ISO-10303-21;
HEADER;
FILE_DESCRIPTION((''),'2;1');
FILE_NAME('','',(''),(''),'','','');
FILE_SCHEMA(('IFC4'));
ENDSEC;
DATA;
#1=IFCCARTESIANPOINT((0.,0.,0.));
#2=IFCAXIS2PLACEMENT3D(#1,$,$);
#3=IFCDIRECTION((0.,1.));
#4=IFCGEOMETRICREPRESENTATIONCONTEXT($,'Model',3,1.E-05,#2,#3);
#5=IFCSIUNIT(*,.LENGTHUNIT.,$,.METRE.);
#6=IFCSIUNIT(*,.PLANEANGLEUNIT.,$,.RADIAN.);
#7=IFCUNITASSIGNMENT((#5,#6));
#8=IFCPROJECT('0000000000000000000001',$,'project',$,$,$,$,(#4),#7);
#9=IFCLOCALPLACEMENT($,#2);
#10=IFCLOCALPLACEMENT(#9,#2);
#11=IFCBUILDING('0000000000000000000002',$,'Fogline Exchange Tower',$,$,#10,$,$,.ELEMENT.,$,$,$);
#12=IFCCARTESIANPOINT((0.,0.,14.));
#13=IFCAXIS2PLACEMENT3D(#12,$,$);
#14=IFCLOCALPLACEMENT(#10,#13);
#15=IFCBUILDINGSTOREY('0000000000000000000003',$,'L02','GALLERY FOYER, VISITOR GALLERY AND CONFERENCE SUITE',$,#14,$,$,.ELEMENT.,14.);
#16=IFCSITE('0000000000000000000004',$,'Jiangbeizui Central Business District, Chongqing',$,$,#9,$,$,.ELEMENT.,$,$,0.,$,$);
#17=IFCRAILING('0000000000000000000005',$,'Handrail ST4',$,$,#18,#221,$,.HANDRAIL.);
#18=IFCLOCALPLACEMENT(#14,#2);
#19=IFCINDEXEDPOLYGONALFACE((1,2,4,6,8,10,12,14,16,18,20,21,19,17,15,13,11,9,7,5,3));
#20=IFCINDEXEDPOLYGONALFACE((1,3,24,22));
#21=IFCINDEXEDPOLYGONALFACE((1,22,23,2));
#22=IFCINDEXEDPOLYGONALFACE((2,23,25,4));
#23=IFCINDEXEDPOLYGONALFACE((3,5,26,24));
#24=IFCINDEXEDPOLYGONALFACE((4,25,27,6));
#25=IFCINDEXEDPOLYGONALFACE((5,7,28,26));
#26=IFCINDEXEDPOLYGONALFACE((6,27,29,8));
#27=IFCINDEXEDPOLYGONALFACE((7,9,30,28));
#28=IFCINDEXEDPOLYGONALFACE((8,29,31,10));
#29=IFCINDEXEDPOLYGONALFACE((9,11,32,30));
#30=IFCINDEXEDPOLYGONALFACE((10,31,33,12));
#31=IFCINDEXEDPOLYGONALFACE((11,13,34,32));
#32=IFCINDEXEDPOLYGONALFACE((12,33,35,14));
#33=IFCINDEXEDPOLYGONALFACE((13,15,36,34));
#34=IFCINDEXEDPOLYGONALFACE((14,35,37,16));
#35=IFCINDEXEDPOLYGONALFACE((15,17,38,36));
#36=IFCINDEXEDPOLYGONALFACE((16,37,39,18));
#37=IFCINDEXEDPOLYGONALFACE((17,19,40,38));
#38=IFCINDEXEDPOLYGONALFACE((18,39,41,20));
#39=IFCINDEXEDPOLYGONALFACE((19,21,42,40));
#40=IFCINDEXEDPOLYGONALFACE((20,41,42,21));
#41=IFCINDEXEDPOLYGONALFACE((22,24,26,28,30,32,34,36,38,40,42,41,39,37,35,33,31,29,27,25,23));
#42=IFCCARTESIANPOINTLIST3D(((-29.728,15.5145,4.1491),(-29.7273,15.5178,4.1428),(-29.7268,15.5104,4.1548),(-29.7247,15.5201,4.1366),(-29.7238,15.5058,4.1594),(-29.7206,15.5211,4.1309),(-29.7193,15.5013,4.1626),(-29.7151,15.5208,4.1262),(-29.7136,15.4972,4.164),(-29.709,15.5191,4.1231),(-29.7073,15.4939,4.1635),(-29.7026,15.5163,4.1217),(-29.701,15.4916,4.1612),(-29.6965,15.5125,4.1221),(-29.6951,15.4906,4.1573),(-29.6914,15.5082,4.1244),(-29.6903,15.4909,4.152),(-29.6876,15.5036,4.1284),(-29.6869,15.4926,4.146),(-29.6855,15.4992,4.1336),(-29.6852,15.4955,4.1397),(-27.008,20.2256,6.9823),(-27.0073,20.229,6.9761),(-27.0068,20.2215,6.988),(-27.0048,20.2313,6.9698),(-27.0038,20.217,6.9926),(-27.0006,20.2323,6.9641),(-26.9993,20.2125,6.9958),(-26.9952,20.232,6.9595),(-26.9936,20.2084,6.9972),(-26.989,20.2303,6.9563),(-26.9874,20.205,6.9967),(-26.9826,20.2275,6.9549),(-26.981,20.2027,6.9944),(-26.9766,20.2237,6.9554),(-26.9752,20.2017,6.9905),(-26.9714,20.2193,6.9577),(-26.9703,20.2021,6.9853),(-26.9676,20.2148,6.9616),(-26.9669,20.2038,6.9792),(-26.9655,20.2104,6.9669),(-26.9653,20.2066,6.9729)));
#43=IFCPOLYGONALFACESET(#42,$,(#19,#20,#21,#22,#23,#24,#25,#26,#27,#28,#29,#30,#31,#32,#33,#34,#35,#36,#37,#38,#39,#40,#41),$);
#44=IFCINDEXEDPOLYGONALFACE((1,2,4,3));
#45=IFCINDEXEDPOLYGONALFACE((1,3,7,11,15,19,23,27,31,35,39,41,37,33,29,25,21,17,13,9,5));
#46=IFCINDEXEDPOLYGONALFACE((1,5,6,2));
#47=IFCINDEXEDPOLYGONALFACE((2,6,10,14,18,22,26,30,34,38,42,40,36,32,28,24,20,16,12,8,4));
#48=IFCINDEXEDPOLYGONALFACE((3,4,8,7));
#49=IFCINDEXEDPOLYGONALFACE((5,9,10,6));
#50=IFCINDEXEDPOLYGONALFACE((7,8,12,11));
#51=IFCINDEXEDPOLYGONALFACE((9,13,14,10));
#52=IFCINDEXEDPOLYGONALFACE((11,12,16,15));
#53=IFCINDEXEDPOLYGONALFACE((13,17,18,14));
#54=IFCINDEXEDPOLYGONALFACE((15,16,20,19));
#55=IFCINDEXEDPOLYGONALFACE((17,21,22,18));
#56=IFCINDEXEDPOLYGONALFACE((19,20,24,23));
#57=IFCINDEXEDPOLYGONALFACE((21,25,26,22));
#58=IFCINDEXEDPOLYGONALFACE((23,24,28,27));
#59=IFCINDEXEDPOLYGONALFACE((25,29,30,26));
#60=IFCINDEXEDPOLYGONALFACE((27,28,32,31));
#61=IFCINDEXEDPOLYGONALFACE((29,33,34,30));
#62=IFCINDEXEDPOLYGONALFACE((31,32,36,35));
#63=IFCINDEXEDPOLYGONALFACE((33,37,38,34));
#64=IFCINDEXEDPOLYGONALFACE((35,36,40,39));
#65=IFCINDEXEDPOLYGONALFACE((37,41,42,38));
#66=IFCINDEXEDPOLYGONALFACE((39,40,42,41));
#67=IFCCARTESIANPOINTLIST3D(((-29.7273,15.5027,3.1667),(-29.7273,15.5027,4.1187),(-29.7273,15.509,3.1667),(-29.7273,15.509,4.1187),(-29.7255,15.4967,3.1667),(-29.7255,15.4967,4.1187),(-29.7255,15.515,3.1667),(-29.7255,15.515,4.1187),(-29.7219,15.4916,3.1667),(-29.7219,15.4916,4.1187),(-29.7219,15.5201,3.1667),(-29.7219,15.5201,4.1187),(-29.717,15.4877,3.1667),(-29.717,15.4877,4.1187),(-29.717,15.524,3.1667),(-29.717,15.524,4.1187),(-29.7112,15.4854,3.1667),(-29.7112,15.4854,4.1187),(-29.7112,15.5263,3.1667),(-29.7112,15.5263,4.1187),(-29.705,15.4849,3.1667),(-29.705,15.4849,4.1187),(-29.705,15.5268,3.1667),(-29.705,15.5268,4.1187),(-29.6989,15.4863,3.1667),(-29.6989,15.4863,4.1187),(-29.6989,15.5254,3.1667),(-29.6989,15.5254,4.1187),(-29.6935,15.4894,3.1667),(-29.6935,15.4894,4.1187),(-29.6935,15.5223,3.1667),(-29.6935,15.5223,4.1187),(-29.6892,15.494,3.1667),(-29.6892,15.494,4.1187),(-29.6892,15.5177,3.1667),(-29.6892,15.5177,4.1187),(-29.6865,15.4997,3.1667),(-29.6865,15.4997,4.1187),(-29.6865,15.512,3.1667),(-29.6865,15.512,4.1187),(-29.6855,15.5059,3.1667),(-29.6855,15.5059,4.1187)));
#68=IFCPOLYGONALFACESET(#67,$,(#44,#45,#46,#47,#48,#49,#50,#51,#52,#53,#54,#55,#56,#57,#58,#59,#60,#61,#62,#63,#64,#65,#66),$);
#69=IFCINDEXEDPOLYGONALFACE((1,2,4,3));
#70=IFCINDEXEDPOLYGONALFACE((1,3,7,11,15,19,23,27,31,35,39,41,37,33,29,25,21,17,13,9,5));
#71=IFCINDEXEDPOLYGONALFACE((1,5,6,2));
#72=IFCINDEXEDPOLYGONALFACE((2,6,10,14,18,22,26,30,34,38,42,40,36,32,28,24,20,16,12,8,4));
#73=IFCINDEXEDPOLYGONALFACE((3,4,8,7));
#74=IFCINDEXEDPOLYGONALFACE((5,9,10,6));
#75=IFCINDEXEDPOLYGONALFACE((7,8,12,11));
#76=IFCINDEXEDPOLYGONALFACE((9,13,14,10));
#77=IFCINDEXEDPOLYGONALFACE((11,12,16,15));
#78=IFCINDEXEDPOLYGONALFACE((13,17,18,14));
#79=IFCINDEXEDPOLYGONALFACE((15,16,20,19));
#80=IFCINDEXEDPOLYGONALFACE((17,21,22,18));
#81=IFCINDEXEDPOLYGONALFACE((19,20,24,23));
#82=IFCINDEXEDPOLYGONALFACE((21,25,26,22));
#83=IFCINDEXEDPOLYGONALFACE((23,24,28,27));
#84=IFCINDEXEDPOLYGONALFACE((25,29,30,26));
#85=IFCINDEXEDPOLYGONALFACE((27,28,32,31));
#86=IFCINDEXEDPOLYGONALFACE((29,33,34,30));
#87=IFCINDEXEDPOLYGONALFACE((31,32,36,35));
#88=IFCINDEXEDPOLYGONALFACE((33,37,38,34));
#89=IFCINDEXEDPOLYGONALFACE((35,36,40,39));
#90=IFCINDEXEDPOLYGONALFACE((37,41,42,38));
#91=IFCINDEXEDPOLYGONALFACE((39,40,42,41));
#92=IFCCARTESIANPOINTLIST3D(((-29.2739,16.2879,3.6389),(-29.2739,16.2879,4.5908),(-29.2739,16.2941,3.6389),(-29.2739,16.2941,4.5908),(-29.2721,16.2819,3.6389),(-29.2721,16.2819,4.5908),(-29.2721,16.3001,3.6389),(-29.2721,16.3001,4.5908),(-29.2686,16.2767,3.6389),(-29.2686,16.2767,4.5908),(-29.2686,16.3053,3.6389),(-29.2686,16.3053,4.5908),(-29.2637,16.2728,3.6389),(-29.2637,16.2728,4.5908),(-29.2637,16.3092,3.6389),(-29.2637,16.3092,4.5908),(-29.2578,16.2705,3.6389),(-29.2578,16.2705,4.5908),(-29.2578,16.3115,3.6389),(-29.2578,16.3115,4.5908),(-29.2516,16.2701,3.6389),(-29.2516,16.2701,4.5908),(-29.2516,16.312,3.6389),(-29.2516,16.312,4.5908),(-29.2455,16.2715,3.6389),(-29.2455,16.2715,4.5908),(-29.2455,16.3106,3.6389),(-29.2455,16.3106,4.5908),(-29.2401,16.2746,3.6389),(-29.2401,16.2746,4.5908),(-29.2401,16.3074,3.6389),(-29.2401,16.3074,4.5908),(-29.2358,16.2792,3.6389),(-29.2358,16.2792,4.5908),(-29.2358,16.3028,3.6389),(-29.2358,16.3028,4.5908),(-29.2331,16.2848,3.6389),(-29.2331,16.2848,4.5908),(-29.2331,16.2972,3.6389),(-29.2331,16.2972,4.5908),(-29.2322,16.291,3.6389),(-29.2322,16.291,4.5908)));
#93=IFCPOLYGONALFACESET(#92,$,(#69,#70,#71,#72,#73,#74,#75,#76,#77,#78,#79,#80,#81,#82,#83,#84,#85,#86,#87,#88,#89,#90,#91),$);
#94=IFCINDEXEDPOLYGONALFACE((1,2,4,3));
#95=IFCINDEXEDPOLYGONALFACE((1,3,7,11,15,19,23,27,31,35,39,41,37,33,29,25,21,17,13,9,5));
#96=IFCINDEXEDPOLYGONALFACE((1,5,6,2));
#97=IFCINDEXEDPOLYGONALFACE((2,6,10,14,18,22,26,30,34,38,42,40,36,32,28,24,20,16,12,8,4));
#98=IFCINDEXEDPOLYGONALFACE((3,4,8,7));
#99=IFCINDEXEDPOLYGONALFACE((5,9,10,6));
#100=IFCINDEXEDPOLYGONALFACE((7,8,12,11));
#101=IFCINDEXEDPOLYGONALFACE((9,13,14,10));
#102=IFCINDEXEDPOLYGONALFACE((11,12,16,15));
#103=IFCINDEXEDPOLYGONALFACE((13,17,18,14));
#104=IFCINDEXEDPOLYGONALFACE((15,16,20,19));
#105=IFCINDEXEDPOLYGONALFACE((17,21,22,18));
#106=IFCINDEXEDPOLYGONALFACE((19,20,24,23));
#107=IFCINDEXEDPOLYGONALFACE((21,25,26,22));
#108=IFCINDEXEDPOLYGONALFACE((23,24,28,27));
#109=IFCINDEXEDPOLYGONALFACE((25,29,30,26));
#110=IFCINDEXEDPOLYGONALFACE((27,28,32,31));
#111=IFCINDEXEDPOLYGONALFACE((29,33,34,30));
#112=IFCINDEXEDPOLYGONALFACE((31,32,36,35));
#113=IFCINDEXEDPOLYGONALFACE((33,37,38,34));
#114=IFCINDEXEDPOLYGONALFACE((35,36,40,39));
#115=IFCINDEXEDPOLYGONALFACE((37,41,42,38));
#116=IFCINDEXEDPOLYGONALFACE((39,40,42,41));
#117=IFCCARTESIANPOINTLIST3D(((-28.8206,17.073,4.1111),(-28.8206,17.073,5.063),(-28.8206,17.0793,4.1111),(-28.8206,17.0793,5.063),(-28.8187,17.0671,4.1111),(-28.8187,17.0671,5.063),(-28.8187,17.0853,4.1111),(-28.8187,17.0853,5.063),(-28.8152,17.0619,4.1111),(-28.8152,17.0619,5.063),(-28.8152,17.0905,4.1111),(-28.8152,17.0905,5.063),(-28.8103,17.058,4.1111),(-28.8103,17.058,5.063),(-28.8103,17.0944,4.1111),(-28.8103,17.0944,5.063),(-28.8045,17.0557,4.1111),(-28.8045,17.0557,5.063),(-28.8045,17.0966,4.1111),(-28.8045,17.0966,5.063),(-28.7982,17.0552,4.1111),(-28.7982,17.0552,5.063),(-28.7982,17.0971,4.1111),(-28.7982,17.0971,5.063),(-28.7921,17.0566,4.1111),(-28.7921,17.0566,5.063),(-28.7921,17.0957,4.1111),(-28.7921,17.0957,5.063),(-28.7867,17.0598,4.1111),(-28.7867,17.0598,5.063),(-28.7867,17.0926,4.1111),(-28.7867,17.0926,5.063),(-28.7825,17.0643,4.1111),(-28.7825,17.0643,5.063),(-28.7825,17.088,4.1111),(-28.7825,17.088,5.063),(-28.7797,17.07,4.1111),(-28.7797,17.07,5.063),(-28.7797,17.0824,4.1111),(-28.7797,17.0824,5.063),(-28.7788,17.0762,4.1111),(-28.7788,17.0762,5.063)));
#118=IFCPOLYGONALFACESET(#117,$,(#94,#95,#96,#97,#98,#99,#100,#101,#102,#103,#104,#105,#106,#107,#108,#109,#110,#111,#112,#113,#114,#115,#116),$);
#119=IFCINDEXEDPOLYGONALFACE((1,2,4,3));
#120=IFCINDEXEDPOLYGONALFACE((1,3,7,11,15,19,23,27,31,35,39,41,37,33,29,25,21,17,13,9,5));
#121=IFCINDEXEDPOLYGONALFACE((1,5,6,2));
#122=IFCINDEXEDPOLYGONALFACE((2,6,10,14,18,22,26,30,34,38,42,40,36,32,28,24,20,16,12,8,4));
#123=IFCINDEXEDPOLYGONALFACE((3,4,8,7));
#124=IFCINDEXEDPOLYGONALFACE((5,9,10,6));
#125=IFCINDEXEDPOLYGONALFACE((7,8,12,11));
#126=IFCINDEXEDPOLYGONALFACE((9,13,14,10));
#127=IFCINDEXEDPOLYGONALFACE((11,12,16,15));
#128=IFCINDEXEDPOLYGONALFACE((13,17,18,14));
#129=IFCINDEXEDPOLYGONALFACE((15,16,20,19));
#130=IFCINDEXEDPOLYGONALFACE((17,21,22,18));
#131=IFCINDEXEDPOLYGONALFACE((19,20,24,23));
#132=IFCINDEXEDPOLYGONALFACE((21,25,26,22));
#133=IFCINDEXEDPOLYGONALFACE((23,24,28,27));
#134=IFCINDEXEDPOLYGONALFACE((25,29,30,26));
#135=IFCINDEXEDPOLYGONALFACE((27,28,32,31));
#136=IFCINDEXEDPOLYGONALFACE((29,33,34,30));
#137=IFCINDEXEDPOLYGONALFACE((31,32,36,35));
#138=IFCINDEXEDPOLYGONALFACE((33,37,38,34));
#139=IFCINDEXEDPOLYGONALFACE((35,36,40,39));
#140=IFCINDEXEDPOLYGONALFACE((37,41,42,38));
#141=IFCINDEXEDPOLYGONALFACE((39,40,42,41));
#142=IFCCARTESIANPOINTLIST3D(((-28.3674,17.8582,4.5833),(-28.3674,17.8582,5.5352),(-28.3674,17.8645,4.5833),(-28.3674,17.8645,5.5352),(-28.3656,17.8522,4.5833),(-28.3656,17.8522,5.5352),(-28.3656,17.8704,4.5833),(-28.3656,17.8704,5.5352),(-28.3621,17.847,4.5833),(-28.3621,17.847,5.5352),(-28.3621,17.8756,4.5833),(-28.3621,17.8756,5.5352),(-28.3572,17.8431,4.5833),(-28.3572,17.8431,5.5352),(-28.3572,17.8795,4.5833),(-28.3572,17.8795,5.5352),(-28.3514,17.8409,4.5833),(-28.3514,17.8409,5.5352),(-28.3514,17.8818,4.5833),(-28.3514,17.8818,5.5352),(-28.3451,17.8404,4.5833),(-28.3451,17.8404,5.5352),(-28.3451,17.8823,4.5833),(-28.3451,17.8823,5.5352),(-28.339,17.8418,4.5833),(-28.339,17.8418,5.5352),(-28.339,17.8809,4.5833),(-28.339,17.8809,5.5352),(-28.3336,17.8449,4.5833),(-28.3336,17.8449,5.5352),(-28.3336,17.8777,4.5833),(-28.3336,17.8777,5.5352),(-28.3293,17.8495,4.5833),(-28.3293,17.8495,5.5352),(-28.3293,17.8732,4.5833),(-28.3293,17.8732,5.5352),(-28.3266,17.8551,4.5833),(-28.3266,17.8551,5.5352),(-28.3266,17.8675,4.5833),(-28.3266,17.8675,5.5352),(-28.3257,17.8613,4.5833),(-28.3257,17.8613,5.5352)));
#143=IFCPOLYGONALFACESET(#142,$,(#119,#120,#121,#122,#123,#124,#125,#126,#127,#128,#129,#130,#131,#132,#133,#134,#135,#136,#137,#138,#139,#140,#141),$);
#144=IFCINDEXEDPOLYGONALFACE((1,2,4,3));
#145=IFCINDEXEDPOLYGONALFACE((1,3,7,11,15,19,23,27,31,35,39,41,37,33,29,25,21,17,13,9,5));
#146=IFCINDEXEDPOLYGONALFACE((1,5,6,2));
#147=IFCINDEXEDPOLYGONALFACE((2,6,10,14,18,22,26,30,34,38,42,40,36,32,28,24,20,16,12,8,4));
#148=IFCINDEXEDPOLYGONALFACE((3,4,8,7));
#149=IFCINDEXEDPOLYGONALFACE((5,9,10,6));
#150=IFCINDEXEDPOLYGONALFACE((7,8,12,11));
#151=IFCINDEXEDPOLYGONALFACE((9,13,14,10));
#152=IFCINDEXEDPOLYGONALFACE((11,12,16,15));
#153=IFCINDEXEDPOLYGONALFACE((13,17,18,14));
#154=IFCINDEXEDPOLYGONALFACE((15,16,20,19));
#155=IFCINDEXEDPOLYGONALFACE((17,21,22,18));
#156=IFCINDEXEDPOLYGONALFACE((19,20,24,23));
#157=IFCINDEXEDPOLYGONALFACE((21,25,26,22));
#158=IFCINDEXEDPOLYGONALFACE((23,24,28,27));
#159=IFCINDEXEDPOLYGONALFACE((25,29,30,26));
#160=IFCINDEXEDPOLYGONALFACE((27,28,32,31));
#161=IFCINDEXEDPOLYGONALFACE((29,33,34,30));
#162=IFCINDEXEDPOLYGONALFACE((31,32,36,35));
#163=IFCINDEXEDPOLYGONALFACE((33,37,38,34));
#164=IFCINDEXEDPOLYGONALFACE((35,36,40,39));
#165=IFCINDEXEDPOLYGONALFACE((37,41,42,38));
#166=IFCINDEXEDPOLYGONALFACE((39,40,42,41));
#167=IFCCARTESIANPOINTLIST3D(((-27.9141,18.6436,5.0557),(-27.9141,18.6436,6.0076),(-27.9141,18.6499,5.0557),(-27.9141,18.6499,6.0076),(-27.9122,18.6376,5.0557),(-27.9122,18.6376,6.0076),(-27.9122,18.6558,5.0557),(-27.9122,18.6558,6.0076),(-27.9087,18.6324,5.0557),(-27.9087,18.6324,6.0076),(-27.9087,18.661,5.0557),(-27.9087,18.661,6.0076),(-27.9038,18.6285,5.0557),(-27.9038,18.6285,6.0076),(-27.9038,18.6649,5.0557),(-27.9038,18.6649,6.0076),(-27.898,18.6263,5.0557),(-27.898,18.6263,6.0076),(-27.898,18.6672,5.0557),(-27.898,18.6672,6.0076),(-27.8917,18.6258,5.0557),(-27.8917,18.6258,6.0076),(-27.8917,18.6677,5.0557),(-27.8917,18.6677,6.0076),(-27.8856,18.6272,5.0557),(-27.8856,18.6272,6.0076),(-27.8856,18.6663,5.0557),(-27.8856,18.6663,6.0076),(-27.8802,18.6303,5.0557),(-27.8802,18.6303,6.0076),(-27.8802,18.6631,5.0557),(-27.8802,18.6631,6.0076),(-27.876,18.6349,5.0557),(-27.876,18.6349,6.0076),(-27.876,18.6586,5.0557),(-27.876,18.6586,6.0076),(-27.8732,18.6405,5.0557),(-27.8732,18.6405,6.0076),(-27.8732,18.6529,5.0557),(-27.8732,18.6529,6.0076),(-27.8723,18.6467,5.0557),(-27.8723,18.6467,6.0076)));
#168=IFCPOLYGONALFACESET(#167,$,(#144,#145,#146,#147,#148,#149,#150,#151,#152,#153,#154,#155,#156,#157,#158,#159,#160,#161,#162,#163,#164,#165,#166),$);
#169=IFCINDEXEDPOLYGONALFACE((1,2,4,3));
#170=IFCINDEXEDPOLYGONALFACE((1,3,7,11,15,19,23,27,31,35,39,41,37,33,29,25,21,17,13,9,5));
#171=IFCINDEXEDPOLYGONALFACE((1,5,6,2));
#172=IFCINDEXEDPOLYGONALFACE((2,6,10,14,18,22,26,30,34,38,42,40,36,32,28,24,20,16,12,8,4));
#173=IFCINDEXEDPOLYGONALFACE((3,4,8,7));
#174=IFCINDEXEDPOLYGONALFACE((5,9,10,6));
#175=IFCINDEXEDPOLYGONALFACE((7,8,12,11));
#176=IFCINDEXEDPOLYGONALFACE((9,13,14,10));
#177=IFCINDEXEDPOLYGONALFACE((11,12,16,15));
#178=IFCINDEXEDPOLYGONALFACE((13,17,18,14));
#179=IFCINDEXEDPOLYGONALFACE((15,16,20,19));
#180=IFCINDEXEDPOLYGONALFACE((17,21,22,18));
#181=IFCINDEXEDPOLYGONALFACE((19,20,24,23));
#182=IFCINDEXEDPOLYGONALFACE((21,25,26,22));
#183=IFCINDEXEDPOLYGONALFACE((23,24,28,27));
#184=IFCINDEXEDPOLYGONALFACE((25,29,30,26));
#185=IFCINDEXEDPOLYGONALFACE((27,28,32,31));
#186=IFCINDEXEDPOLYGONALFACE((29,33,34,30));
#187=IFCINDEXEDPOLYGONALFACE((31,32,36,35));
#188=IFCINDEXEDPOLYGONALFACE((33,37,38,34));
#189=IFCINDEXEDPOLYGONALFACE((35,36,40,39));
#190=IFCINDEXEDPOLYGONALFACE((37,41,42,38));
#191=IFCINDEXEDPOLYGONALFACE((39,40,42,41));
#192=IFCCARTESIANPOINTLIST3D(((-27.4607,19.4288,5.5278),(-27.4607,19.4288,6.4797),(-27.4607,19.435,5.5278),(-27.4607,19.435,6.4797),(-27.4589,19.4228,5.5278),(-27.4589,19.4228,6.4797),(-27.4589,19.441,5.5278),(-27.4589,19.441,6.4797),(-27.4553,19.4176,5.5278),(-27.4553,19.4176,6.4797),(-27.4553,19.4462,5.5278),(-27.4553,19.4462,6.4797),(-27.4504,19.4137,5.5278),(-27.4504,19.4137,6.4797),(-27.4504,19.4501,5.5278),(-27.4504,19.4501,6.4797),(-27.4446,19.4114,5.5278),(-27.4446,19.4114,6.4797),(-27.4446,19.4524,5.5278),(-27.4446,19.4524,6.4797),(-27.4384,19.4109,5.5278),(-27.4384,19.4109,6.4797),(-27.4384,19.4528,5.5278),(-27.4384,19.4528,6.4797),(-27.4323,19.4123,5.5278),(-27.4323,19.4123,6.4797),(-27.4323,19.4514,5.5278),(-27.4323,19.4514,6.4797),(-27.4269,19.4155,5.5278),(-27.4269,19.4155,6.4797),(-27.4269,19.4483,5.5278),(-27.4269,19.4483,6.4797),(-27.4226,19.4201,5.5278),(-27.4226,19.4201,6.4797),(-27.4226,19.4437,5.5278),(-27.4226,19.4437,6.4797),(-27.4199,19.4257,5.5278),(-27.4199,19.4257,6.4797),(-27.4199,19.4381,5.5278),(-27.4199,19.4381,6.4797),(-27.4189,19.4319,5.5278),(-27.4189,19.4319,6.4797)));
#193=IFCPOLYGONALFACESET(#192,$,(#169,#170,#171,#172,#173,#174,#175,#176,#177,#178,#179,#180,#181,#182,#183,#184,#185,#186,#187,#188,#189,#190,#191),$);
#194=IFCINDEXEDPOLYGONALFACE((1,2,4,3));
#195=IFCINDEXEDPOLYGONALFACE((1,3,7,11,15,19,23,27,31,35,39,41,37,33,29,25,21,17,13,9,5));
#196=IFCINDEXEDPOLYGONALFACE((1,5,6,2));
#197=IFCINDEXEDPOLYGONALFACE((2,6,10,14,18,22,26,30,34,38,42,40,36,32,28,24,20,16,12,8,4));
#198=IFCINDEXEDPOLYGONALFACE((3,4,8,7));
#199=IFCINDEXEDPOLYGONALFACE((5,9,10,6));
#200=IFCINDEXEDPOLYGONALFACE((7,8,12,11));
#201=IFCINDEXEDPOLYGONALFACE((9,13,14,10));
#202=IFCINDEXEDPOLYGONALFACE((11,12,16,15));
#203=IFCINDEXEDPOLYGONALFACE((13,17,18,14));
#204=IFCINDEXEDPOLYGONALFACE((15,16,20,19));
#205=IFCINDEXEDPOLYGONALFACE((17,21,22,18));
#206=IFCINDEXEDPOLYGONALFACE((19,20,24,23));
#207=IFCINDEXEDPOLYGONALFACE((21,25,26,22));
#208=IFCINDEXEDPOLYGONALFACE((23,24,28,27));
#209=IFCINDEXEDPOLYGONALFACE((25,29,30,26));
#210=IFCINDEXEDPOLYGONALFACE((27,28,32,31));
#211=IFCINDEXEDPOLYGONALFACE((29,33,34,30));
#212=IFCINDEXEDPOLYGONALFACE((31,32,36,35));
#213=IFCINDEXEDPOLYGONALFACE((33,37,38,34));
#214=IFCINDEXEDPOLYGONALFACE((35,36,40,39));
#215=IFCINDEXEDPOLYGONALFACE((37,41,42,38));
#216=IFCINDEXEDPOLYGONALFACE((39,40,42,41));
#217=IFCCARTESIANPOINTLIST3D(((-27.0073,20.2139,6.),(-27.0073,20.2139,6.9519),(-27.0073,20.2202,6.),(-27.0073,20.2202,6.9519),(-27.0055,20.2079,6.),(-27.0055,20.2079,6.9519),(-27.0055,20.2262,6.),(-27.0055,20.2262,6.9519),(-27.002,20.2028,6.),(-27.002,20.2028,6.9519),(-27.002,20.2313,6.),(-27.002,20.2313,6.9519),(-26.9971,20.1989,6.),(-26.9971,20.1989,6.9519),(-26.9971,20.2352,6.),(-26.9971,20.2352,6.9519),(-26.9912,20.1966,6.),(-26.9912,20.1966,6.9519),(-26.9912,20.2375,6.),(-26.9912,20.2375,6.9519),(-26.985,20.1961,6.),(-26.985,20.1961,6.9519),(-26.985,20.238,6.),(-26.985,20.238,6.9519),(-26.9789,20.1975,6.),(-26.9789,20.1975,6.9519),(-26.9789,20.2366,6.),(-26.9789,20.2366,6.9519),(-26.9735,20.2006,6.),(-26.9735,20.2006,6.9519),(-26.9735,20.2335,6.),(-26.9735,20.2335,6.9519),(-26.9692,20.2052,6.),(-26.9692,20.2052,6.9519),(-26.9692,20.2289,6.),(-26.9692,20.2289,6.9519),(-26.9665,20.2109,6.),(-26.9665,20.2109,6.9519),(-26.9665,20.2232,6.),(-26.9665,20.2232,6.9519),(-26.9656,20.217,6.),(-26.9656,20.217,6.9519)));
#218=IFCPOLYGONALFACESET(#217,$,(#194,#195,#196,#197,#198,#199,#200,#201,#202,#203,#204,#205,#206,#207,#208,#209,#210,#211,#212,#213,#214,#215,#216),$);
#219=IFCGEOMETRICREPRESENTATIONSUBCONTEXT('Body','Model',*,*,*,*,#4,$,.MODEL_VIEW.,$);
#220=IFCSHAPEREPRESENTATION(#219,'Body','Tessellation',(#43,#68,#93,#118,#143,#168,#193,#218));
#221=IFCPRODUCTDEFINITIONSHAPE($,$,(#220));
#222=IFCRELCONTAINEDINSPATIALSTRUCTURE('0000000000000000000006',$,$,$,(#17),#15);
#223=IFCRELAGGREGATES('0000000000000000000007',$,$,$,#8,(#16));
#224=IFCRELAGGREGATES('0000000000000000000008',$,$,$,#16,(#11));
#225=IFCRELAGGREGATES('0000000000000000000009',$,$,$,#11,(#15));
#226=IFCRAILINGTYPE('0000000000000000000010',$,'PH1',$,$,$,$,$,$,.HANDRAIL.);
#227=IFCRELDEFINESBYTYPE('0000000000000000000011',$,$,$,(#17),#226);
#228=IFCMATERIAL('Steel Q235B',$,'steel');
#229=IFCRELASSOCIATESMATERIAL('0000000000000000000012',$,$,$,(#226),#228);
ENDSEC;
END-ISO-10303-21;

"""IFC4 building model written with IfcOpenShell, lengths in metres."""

from ifc_helpers import new_model, si_unit, direction, frame, origin, origin_2d, place, context, subcontext, project, spatial, circle, extrude, material, type_object, element, save


model = new_model("IFC4")

# Units and contexts
model_context = context("Model", 3, precision=1e-05, world=origin(), true_north=direction((0.0, 1.0)))
body_context = subcontext(model_context, "Body", "Model", "MODEL_VIEW")
ifc_project = project(units=[si_unit("LENGTHUNIT", "METRE"), si_unit("PLANEANGLEUNIT", "RADIAN")], contexts=[model_context])

# Site, building, storey
site_placement = place(None, origin())
site = spatial("IfcSite", under=ifc_project, at=site_placement, Name="Jiangbeizui Central Business District, Chongqing", CompositionType="ELEMENT", RefElevation=0.0)
building_placement = place(site_placement, origin())
building = spatial("IfcBuilding", under=site, at=building_placement, Name="Fogline Exchange Tower", CompositionType="ELEMENT")
storey_placement = place(building_placement, frame((0.0, 0.0, 14.0)))
storey = spatial("IfcBuildingStorey", under=building, at=storey_placement, Name="L02", Description="GALLERY FOYER, VISITOR GALLERY AND CONFERENCE SUITE", CompositionType="ELEMENT", Elevation=14.0)

# Railing
ifc_material_1 = material(Name="Steel Q235B", Category="steel")
railing_type_1 = type_object("IfcRailingType", Name="PH1", PredefinedType="HANDRAIL", material=ifc_material_1)
railing_1_placement = place(storey_placement, frame((-29.7065, 15.5059, 3.1667)))
element("IfcRailing", 1, at=railing_1_placement, inside=storey, type_object=railing_type_1, Name="Handrail ST4", PredefinedType="HANDRAIL", context=body_context, shape_type="SweptSolid", body=[
    extrude(circle(Radius=0.0239, at=origin_2d()), frame((0.0, 0.0, 0.9761), z_axis=(0.443456, 0.768097, 0.461925), x_axis=(-0.866028, 0.499996, 0.0)), (0.0, 0.0, 1.0), 6.1335),
    extrude(circle(Radius=0.021, at=origin_2d()), origin(), (0.0, 0.0, 1.0), 0.9519),
    extrude(circle(Radius=0.021, at=origin_2d()), frame((0.4534, 0.7852, 0.4722)), (0.0, 0.0, 1.0), 0.9519),
    extrude(circle(Radius=0.021, at=origin_2d()), frame((0.9067, 1.5703, 0.9443)), (0.0, 0.0, 1.0), 0.9519),
    extrude(circle(Radius=0.021, at=origin_2d()), frame((1.3599, 2.3555, 1.4165)), (0.0, 0.0, 1.0), 0.9519),
    extrude(circle(Radius=0.021, at=origin_2d()), frame((1.8132, 3.1409, 1.8889)), (0.0, 0.0, 1.0), 0.9519),
    extrude(circle(Radius=0.021, at=origin_2d()), frame((2.2666, 3.926, 2.3611)), (0.0, 0.0, 1.0), 0.9519),
    extrude(circle(Radius=0.021, at=origin_2d()), frame((2.72, 4.7112, 2.8333)), (0.0, 0.0, 1.0), 0.9519),
])

save(model, "model.ifc")
